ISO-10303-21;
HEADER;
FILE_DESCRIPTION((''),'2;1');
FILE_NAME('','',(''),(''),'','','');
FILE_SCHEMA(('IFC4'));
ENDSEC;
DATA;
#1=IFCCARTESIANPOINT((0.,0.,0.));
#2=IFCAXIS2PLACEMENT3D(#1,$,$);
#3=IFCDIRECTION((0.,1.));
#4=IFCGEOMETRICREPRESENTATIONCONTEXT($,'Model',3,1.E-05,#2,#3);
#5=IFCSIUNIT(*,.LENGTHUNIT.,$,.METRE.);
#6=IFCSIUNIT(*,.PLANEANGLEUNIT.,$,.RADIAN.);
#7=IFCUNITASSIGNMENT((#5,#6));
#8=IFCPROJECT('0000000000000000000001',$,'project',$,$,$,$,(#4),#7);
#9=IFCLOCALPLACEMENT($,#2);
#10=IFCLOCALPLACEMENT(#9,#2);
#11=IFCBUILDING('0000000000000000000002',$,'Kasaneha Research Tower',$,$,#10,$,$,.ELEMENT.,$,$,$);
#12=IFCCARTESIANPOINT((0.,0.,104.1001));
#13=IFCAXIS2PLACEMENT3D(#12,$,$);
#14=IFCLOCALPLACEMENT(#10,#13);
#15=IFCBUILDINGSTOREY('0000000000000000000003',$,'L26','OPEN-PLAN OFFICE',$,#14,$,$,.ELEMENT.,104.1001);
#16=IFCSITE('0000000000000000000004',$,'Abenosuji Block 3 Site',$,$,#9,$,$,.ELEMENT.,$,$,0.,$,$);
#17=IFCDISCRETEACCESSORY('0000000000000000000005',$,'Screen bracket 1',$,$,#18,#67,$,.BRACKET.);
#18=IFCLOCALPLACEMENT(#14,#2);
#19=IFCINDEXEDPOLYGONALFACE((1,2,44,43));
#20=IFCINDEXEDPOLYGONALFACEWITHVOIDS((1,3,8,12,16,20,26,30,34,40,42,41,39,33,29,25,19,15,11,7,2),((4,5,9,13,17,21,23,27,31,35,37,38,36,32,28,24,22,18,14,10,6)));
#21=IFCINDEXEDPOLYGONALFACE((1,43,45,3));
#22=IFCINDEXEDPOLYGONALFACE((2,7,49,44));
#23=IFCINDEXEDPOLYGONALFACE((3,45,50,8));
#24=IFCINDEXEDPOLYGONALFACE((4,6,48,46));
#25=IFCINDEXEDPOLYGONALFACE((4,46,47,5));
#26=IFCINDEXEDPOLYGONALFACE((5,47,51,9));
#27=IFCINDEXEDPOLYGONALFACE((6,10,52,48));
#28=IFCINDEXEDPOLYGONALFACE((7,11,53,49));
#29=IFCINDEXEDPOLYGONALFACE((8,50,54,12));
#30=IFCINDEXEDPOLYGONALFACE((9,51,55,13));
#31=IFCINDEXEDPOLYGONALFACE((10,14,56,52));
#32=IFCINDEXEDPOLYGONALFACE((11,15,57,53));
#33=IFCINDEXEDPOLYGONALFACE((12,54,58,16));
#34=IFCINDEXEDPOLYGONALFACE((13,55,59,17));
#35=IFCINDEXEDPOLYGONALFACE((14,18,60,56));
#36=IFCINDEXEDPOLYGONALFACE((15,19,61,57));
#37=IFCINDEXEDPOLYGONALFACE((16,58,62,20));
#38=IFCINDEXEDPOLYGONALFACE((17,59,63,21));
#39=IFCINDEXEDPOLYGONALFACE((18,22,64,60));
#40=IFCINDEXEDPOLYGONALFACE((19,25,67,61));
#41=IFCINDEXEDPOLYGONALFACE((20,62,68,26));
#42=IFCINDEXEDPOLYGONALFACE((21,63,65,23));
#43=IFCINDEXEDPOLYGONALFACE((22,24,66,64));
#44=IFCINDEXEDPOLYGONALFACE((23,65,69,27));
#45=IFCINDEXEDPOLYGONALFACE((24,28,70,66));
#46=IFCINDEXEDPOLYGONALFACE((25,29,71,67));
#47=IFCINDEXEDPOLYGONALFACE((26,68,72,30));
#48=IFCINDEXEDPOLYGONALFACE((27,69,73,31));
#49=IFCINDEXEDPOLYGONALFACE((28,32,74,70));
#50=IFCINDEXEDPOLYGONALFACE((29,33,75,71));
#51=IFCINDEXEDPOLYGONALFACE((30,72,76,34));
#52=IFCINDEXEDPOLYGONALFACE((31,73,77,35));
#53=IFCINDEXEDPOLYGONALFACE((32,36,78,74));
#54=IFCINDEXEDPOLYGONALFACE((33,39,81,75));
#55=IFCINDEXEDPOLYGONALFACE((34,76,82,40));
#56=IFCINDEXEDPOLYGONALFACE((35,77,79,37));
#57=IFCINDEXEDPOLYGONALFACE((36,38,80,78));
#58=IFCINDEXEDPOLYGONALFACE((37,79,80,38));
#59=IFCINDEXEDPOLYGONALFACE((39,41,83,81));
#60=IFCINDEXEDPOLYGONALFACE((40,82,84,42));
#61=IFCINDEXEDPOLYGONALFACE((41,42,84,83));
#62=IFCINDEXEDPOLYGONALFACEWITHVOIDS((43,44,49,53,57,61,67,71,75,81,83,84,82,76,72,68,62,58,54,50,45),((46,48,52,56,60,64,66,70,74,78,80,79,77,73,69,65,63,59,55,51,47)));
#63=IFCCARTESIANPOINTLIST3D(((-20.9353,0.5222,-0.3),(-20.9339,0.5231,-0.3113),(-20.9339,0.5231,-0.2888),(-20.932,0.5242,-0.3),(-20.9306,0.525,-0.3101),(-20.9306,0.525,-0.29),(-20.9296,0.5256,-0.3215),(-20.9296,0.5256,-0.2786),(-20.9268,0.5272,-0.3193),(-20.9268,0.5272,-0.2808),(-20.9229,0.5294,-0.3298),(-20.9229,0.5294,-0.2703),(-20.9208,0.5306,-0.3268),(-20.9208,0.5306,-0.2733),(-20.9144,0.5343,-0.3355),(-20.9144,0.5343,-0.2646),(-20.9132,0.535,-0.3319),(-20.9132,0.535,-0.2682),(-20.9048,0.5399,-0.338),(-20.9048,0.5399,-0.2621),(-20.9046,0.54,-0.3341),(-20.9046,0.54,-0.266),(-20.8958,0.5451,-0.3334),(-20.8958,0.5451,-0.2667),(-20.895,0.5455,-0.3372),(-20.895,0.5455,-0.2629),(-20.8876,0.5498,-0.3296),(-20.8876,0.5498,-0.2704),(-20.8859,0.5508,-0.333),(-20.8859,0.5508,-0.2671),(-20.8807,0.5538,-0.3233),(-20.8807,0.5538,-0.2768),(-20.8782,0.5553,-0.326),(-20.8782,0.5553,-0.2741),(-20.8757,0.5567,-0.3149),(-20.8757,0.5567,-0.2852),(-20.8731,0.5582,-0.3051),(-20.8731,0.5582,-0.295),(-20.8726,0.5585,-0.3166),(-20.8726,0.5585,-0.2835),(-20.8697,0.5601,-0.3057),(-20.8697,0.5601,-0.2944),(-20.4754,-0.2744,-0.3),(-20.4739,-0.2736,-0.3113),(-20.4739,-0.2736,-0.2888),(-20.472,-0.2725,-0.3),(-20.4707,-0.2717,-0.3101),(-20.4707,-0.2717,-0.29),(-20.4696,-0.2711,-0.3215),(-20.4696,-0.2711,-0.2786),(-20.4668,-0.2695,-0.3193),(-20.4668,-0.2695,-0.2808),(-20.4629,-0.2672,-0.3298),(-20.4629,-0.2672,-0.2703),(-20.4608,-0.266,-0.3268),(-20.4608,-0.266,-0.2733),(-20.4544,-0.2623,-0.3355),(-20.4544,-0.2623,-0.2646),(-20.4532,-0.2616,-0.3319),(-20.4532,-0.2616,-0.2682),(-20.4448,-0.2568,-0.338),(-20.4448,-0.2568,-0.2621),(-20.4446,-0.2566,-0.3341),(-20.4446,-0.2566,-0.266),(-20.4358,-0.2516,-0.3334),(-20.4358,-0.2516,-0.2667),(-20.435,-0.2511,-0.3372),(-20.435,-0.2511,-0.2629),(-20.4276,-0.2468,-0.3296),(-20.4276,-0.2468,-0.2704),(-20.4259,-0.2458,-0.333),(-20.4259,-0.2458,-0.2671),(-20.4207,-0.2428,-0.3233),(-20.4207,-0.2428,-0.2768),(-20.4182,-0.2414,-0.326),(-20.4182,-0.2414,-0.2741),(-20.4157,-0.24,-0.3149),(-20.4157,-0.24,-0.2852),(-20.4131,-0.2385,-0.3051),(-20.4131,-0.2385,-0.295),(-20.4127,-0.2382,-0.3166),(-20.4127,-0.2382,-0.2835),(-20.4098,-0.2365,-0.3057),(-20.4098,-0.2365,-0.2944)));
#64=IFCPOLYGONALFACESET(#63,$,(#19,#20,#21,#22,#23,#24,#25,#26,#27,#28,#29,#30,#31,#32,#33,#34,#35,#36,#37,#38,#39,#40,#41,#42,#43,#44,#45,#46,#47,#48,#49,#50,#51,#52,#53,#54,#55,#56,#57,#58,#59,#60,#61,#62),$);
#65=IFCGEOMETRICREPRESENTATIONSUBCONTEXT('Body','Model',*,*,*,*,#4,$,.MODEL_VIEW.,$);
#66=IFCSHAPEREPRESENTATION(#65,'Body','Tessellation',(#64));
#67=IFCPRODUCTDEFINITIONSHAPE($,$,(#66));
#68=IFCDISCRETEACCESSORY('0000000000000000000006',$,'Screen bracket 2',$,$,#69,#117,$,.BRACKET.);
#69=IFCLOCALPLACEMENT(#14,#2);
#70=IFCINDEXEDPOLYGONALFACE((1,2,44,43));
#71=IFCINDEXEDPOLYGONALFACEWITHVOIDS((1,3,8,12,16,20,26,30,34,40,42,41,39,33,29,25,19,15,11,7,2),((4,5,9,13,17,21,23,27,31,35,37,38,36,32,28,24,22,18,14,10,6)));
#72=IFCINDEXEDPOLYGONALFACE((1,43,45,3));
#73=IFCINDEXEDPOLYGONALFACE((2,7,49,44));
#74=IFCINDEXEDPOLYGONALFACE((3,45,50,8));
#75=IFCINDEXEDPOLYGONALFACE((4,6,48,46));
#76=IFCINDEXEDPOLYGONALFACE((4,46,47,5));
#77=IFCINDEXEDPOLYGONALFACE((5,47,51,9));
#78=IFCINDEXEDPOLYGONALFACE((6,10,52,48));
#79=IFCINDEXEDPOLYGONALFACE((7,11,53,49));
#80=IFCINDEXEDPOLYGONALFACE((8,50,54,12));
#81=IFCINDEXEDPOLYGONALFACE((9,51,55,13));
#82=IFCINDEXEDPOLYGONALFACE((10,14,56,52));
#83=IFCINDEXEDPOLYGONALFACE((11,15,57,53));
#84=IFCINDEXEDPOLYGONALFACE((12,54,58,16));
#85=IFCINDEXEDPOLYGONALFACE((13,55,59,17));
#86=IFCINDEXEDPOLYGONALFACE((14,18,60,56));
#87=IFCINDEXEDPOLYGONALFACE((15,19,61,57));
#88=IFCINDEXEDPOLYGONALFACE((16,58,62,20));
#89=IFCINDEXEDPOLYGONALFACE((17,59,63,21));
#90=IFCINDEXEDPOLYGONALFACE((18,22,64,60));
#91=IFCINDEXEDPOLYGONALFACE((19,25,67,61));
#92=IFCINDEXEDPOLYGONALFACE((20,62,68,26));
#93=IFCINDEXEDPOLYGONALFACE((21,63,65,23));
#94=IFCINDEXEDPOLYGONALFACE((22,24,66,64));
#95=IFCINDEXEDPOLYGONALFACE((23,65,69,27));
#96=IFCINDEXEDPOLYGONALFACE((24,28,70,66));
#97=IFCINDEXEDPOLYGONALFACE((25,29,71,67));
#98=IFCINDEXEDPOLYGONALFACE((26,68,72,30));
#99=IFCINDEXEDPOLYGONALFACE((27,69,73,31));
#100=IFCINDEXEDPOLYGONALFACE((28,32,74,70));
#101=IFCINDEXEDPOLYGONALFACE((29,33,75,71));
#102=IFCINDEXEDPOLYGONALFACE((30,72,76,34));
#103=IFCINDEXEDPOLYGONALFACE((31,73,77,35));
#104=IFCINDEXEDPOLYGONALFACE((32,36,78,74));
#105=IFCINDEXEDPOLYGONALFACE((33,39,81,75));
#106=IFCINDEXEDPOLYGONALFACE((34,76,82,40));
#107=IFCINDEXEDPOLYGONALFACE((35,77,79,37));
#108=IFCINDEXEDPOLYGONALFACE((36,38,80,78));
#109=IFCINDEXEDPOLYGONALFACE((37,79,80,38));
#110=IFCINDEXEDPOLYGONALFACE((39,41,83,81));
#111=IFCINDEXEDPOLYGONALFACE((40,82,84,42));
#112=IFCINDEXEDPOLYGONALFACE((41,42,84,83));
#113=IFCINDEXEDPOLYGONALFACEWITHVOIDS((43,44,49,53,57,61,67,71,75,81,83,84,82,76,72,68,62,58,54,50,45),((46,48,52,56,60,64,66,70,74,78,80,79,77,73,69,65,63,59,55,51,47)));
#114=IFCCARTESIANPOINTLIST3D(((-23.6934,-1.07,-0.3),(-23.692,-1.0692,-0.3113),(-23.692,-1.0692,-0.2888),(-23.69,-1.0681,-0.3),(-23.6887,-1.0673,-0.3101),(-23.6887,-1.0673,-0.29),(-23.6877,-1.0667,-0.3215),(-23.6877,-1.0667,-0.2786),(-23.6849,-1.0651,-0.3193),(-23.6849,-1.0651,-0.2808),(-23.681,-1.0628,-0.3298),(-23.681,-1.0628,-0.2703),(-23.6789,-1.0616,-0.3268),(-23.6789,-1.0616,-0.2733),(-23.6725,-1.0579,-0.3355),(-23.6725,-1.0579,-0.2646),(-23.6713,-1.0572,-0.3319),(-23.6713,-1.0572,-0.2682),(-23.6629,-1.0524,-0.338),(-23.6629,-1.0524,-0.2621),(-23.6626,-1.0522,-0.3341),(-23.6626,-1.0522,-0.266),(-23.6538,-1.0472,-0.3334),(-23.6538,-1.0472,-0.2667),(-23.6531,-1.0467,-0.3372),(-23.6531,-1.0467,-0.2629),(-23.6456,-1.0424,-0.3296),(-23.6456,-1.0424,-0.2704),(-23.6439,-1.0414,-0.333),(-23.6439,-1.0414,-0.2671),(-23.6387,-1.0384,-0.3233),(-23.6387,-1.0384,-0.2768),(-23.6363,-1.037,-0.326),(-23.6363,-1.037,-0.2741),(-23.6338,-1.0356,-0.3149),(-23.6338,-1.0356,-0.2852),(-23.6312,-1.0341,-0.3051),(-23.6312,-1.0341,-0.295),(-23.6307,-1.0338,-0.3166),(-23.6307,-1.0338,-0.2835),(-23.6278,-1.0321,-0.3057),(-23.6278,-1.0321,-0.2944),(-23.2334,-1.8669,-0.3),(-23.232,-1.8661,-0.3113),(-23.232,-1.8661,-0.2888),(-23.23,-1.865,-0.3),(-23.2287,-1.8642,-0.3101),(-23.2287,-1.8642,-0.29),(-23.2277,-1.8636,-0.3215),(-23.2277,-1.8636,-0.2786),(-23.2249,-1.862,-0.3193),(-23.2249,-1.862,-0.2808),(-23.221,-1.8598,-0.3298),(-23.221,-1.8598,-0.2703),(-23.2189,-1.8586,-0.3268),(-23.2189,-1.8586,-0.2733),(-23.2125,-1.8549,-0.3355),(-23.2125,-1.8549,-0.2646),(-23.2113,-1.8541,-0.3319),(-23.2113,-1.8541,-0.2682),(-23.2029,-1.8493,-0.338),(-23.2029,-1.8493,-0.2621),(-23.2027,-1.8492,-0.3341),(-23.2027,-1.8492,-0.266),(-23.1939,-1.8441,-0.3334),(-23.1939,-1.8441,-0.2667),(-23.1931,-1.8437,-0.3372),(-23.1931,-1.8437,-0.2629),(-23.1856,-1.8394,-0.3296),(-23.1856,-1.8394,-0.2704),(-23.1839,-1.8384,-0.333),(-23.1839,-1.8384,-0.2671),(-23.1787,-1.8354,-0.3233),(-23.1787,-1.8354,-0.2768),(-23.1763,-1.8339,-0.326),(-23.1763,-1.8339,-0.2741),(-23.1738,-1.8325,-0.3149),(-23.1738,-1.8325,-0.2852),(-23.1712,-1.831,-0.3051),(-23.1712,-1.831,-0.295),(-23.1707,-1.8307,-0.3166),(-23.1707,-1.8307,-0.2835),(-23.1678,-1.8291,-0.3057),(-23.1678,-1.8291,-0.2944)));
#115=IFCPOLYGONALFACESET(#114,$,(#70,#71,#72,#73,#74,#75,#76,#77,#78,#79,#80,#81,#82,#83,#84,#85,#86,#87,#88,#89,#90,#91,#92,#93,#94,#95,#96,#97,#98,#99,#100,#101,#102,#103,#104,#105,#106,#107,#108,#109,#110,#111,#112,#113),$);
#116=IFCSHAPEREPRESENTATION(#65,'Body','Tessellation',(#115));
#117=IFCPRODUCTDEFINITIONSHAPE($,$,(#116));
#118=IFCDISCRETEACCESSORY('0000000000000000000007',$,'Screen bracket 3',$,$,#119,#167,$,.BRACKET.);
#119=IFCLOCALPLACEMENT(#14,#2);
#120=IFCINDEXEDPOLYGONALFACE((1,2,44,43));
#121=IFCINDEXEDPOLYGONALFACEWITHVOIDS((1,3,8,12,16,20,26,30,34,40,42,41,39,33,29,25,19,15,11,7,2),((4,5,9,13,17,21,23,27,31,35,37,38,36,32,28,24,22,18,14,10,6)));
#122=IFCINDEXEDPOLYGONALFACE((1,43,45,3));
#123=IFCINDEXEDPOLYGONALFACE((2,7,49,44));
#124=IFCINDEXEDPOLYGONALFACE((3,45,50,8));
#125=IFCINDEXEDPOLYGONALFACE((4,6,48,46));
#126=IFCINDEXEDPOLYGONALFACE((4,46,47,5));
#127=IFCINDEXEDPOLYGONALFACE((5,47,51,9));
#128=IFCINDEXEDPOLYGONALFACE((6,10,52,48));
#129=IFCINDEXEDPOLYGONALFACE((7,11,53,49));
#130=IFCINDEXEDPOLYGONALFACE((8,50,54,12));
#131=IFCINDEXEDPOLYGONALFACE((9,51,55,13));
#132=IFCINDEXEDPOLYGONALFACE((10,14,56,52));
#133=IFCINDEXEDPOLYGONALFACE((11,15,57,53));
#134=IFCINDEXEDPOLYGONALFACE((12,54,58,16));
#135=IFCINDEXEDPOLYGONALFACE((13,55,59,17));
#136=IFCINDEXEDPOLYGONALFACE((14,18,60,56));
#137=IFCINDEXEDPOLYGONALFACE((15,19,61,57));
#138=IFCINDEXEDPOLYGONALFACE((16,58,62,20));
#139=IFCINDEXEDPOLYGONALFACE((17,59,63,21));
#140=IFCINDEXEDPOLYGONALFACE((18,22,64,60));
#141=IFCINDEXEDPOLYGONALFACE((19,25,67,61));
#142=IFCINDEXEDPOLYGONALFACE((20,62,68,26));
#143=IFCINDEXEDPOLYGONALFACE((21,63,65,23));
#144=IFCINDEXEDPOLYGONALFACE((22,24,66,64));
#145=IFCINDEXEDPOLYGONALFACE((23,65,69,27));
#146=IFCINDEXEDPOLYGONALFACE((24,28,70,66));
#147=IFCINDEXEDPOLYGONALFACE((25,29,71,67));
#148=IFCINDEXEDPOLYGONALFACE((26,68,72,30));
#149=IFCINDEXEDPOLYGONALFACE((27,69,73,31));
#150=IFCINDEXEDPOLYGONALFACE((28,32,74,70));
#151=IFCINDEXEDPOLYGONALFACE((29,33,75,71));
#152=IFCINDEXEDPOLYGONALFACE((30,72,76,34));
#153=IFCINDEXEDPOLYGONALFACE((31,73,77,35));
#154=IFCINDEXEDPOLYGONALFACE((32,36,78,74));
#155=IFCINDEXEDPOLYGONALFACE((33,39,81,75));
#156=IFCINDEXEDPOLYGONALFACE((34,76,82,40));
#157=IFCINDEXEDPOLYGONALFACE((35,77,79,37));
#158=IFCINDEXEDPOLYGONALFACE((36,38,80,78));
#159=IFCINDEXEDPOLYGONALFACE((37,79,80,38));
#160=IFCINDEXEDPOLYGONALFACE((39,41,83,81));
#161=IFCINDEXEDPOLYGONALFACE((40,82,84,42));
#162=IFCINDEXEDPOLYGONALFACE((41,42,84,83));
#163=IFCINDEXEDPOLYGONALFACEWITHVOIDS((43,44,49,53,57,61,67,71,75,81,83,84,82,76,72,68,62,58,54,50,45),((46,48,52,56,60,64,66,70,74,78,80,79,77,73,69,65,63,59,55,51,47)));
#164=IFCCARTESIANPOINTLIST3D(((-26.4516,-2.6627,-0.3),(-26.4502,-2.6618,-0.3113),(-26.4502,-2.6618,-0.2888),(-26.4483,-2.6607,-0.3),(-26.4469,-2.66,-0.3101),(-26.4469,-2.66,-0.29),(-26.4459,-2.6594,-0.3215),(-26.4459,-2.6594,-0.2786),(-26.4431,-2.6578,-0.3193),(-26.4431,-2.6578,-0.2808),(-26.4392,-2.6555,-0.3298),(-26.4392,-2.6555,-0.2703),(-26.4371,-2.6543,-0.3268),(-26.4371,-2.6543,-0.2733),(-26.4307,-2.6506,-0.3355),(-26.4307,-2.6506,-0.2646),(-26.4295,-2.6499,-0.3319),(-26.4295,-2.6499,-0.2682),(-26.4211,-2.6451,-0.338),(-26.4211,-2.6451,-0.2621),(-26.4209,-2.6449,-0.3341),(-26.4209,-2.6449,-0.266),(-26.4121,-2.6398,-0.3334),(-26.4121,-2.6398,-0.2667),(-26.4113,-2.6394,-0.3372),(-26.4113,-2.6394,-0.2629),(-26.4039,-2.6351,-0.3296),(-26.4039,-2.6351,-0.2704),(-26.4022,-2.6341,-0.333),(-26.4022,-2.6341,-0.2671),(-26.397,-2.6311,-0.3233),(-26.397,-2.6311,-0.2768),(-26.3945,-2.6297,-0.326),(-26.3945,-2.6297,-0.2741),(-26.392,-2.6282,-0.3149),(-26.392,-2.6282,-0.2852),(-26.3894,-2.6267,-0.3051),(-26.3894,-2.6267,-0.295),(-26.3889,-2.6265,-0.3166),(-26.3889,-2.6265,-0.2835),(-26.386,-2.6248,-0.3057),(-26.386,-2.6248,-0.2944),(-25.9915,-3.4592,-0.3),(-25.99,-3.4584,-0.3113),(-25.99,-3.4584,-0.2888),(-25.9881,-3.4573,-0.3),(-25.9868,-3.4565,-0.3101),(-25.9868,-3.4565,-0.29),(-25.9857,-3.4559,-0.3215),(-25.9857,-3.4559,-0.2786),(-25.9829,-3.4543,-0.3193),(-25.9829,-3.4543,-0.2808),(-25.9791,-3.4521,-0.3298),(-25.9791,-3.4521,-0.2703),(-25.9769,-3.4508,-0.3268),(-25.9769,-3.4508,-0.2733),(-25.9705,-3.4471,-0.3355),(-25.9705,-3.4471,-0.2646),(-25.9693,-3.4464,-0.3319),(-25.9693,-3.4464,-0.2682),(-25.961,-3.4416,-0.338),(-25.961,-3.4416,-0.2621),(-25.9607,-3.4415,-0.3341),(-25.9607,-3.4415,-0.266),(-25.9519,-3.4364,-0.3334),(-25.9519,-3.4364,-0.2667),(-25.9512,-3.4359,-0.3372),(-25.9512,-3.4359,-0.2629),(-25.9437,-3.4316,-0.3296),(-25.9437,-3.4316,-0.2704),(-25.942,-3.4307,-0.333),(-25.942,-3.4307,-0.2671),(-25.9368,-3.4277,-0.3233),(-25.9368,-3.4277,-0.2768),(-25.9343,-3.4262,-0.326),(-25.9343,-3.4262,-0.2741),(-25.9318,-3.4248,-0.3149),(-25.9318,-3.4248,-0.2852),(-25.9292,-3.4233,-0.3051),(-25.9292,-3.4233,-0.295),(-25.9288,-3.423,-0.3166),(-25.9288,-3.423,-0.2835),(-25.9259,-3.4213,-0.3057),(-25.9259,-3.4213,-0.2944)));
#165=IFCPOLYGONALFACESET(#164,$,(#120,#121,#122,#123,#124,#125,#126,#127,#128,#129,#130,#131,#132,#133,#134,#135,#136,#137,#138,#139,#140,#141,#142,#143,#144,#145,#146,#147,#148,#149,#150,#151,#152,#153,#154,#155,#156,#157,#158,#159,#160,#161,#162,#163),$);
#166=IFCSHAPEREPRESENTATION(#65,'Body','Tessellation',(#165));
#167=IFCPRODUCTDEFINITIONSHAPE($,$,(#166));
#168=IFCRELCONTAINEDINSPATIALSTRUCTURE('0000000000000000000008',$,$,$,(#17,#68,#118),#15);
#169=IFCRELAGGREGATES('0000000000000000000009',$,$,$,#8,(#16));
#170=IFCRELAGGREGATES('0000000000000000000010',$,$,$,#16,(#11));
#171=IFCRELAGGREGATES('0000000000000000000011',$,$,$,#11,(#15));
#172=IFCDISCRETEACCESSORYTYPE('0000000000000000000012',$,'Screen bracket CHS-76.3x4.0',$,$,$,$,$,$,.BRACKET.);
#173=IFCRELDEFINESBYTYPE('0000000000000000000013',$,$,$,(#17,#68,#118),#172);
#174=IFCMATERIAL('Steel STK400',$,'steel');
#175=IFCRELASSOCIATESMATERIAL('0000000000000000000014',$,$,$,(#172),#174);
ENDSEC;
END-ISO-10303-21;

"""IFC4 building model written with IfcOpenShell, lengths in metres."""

from ifc_helpers import new_model, si_unit, direction, frame, origin, origin_2d, place, context, subcontext, project, spatial, hollow_circle, extrude, material, material_profile, profile_set, type_object, element, save


model = new_model("IFC4")

# Units and contexts
model_context = context("Model", 3, precision=1e-05, world=origin(), true_north=direction((0.0, 1.0)))
body_context = subcontext(model_context, "Body", "Model", "MODEL_VIEW")
ifc_project = project(units=[si_unit("LENGTHUNIT", "METRE"), si_unit("PLANEANGLEUNIT", "RADIAN")], contexts=[model_context])

# Site, building, storey
site_placement = place(None, origin())
site = spatial("IfcSite", under=ifc_project, at=site_placement, Name="Abenosuji Block 3 Site", CompositionType="ELEMENT", RefElevation=0.0)
building_placement = place(site_placement, origin())
building = spatial("IfcBuilding", under=site, at=building_placement, Name="Kasaneha Research Tower", CompositionType="ELEMENT")
storey_placement = place(building_placement, frame((0.0, 0.0, 104.1001)))
storey = spatial("IfcBuildingStorey", under=building, at=storey_placement, Name="L26", Description="OPEN-PLAN OFFICE", CompositionType="ELEMENT", Elevation=104.1001)

# Discrete accessories
ifc_material_1 = material(Name="Steel STK400", Category="steel")
ifc_material_profile_1 = material_profile(ifc_material_1, hollow_circle(Radius=0.0381, WallThickness=0.0039, at=origin_2d()), Name="CHS-76.3x4.0")
ifc_profile_set_1 = profile_set([ifc_material_profile_1], Name="Steel STK400")
discrete_accessory_type = type_object("IfcDiscreteAccessoryType", Name="Screen bracket CHS-76.3x4.0", PredefinedType="BRACKET", material=ifc_profile_set_1)
discrete_accessory_1_placement = place(storey_placement, frame((-20.4424, -0.2554, -0.3), z_axis=(-0.500021, 0.866013, 0.0), x_axis=(-0.866013, -0.500021, 0.0)))
element("IfcDiscreteAccessory", 1, at=discrete_accessory_1_placement, inside=storey, type_object=discrete_accessory_type, Name="Screen bracket 1", PredefinedType="BRACKET", context=body_context, shape_type="SweptSolid", body=[
    extrude(hollow_circle(Radius=0.0381, WallThickness=0.0039, at=origin_2d()), origin(), (0.0, 0.0, 1.0), 0.9199),
])
discrete_accessory_2_placement = place(storey_placement, frame((-23.2004, -1.8479, -0.3), z_axis=(-0.499906, 0.86608, 0.0), x_axis=(-0.86608, -0.499906, 0.0)))
element("IfcDiscreteAccessory", 2, at=discrete_accessory_2_placement, inside=storey, type_object=discrete_accessory_type, Name="Screen bracket 2", PredefinedType="BRACKET", context=body_context, shape_type="SweptSolid", body=[
    extrude(hollow_circle(Radius=0.0381, WallThickness=0.0039, at=origin_2d()), origin(), (0.0, 0.0, 1.0), 0.9202),
])
discrete_accessory_3_placement = place(storey_placement, frame((-25.9585, -3.4402, -0.3), z_axis=(-0.50022, 0.865898, 0.0), x_axis=(-0.865898, -0.50022, 0.0)))
element("IfcDiscreteAccessory", 3, at=discrete_accessory_3_placement, inside=storey, type_object=discrete_accessory_type, Name="Screen bracket 3", PredefinedType="BRACKET", context=body_context, shape_type="SweptSolid", body=[
    extrude(hollow_circle(Radius=0.0381, WallThickness=0.0039, at=origin_2d()), origin(), (0.0, 0.0, 1.0), 0.9199),
])

save(model, "model.ifc")
